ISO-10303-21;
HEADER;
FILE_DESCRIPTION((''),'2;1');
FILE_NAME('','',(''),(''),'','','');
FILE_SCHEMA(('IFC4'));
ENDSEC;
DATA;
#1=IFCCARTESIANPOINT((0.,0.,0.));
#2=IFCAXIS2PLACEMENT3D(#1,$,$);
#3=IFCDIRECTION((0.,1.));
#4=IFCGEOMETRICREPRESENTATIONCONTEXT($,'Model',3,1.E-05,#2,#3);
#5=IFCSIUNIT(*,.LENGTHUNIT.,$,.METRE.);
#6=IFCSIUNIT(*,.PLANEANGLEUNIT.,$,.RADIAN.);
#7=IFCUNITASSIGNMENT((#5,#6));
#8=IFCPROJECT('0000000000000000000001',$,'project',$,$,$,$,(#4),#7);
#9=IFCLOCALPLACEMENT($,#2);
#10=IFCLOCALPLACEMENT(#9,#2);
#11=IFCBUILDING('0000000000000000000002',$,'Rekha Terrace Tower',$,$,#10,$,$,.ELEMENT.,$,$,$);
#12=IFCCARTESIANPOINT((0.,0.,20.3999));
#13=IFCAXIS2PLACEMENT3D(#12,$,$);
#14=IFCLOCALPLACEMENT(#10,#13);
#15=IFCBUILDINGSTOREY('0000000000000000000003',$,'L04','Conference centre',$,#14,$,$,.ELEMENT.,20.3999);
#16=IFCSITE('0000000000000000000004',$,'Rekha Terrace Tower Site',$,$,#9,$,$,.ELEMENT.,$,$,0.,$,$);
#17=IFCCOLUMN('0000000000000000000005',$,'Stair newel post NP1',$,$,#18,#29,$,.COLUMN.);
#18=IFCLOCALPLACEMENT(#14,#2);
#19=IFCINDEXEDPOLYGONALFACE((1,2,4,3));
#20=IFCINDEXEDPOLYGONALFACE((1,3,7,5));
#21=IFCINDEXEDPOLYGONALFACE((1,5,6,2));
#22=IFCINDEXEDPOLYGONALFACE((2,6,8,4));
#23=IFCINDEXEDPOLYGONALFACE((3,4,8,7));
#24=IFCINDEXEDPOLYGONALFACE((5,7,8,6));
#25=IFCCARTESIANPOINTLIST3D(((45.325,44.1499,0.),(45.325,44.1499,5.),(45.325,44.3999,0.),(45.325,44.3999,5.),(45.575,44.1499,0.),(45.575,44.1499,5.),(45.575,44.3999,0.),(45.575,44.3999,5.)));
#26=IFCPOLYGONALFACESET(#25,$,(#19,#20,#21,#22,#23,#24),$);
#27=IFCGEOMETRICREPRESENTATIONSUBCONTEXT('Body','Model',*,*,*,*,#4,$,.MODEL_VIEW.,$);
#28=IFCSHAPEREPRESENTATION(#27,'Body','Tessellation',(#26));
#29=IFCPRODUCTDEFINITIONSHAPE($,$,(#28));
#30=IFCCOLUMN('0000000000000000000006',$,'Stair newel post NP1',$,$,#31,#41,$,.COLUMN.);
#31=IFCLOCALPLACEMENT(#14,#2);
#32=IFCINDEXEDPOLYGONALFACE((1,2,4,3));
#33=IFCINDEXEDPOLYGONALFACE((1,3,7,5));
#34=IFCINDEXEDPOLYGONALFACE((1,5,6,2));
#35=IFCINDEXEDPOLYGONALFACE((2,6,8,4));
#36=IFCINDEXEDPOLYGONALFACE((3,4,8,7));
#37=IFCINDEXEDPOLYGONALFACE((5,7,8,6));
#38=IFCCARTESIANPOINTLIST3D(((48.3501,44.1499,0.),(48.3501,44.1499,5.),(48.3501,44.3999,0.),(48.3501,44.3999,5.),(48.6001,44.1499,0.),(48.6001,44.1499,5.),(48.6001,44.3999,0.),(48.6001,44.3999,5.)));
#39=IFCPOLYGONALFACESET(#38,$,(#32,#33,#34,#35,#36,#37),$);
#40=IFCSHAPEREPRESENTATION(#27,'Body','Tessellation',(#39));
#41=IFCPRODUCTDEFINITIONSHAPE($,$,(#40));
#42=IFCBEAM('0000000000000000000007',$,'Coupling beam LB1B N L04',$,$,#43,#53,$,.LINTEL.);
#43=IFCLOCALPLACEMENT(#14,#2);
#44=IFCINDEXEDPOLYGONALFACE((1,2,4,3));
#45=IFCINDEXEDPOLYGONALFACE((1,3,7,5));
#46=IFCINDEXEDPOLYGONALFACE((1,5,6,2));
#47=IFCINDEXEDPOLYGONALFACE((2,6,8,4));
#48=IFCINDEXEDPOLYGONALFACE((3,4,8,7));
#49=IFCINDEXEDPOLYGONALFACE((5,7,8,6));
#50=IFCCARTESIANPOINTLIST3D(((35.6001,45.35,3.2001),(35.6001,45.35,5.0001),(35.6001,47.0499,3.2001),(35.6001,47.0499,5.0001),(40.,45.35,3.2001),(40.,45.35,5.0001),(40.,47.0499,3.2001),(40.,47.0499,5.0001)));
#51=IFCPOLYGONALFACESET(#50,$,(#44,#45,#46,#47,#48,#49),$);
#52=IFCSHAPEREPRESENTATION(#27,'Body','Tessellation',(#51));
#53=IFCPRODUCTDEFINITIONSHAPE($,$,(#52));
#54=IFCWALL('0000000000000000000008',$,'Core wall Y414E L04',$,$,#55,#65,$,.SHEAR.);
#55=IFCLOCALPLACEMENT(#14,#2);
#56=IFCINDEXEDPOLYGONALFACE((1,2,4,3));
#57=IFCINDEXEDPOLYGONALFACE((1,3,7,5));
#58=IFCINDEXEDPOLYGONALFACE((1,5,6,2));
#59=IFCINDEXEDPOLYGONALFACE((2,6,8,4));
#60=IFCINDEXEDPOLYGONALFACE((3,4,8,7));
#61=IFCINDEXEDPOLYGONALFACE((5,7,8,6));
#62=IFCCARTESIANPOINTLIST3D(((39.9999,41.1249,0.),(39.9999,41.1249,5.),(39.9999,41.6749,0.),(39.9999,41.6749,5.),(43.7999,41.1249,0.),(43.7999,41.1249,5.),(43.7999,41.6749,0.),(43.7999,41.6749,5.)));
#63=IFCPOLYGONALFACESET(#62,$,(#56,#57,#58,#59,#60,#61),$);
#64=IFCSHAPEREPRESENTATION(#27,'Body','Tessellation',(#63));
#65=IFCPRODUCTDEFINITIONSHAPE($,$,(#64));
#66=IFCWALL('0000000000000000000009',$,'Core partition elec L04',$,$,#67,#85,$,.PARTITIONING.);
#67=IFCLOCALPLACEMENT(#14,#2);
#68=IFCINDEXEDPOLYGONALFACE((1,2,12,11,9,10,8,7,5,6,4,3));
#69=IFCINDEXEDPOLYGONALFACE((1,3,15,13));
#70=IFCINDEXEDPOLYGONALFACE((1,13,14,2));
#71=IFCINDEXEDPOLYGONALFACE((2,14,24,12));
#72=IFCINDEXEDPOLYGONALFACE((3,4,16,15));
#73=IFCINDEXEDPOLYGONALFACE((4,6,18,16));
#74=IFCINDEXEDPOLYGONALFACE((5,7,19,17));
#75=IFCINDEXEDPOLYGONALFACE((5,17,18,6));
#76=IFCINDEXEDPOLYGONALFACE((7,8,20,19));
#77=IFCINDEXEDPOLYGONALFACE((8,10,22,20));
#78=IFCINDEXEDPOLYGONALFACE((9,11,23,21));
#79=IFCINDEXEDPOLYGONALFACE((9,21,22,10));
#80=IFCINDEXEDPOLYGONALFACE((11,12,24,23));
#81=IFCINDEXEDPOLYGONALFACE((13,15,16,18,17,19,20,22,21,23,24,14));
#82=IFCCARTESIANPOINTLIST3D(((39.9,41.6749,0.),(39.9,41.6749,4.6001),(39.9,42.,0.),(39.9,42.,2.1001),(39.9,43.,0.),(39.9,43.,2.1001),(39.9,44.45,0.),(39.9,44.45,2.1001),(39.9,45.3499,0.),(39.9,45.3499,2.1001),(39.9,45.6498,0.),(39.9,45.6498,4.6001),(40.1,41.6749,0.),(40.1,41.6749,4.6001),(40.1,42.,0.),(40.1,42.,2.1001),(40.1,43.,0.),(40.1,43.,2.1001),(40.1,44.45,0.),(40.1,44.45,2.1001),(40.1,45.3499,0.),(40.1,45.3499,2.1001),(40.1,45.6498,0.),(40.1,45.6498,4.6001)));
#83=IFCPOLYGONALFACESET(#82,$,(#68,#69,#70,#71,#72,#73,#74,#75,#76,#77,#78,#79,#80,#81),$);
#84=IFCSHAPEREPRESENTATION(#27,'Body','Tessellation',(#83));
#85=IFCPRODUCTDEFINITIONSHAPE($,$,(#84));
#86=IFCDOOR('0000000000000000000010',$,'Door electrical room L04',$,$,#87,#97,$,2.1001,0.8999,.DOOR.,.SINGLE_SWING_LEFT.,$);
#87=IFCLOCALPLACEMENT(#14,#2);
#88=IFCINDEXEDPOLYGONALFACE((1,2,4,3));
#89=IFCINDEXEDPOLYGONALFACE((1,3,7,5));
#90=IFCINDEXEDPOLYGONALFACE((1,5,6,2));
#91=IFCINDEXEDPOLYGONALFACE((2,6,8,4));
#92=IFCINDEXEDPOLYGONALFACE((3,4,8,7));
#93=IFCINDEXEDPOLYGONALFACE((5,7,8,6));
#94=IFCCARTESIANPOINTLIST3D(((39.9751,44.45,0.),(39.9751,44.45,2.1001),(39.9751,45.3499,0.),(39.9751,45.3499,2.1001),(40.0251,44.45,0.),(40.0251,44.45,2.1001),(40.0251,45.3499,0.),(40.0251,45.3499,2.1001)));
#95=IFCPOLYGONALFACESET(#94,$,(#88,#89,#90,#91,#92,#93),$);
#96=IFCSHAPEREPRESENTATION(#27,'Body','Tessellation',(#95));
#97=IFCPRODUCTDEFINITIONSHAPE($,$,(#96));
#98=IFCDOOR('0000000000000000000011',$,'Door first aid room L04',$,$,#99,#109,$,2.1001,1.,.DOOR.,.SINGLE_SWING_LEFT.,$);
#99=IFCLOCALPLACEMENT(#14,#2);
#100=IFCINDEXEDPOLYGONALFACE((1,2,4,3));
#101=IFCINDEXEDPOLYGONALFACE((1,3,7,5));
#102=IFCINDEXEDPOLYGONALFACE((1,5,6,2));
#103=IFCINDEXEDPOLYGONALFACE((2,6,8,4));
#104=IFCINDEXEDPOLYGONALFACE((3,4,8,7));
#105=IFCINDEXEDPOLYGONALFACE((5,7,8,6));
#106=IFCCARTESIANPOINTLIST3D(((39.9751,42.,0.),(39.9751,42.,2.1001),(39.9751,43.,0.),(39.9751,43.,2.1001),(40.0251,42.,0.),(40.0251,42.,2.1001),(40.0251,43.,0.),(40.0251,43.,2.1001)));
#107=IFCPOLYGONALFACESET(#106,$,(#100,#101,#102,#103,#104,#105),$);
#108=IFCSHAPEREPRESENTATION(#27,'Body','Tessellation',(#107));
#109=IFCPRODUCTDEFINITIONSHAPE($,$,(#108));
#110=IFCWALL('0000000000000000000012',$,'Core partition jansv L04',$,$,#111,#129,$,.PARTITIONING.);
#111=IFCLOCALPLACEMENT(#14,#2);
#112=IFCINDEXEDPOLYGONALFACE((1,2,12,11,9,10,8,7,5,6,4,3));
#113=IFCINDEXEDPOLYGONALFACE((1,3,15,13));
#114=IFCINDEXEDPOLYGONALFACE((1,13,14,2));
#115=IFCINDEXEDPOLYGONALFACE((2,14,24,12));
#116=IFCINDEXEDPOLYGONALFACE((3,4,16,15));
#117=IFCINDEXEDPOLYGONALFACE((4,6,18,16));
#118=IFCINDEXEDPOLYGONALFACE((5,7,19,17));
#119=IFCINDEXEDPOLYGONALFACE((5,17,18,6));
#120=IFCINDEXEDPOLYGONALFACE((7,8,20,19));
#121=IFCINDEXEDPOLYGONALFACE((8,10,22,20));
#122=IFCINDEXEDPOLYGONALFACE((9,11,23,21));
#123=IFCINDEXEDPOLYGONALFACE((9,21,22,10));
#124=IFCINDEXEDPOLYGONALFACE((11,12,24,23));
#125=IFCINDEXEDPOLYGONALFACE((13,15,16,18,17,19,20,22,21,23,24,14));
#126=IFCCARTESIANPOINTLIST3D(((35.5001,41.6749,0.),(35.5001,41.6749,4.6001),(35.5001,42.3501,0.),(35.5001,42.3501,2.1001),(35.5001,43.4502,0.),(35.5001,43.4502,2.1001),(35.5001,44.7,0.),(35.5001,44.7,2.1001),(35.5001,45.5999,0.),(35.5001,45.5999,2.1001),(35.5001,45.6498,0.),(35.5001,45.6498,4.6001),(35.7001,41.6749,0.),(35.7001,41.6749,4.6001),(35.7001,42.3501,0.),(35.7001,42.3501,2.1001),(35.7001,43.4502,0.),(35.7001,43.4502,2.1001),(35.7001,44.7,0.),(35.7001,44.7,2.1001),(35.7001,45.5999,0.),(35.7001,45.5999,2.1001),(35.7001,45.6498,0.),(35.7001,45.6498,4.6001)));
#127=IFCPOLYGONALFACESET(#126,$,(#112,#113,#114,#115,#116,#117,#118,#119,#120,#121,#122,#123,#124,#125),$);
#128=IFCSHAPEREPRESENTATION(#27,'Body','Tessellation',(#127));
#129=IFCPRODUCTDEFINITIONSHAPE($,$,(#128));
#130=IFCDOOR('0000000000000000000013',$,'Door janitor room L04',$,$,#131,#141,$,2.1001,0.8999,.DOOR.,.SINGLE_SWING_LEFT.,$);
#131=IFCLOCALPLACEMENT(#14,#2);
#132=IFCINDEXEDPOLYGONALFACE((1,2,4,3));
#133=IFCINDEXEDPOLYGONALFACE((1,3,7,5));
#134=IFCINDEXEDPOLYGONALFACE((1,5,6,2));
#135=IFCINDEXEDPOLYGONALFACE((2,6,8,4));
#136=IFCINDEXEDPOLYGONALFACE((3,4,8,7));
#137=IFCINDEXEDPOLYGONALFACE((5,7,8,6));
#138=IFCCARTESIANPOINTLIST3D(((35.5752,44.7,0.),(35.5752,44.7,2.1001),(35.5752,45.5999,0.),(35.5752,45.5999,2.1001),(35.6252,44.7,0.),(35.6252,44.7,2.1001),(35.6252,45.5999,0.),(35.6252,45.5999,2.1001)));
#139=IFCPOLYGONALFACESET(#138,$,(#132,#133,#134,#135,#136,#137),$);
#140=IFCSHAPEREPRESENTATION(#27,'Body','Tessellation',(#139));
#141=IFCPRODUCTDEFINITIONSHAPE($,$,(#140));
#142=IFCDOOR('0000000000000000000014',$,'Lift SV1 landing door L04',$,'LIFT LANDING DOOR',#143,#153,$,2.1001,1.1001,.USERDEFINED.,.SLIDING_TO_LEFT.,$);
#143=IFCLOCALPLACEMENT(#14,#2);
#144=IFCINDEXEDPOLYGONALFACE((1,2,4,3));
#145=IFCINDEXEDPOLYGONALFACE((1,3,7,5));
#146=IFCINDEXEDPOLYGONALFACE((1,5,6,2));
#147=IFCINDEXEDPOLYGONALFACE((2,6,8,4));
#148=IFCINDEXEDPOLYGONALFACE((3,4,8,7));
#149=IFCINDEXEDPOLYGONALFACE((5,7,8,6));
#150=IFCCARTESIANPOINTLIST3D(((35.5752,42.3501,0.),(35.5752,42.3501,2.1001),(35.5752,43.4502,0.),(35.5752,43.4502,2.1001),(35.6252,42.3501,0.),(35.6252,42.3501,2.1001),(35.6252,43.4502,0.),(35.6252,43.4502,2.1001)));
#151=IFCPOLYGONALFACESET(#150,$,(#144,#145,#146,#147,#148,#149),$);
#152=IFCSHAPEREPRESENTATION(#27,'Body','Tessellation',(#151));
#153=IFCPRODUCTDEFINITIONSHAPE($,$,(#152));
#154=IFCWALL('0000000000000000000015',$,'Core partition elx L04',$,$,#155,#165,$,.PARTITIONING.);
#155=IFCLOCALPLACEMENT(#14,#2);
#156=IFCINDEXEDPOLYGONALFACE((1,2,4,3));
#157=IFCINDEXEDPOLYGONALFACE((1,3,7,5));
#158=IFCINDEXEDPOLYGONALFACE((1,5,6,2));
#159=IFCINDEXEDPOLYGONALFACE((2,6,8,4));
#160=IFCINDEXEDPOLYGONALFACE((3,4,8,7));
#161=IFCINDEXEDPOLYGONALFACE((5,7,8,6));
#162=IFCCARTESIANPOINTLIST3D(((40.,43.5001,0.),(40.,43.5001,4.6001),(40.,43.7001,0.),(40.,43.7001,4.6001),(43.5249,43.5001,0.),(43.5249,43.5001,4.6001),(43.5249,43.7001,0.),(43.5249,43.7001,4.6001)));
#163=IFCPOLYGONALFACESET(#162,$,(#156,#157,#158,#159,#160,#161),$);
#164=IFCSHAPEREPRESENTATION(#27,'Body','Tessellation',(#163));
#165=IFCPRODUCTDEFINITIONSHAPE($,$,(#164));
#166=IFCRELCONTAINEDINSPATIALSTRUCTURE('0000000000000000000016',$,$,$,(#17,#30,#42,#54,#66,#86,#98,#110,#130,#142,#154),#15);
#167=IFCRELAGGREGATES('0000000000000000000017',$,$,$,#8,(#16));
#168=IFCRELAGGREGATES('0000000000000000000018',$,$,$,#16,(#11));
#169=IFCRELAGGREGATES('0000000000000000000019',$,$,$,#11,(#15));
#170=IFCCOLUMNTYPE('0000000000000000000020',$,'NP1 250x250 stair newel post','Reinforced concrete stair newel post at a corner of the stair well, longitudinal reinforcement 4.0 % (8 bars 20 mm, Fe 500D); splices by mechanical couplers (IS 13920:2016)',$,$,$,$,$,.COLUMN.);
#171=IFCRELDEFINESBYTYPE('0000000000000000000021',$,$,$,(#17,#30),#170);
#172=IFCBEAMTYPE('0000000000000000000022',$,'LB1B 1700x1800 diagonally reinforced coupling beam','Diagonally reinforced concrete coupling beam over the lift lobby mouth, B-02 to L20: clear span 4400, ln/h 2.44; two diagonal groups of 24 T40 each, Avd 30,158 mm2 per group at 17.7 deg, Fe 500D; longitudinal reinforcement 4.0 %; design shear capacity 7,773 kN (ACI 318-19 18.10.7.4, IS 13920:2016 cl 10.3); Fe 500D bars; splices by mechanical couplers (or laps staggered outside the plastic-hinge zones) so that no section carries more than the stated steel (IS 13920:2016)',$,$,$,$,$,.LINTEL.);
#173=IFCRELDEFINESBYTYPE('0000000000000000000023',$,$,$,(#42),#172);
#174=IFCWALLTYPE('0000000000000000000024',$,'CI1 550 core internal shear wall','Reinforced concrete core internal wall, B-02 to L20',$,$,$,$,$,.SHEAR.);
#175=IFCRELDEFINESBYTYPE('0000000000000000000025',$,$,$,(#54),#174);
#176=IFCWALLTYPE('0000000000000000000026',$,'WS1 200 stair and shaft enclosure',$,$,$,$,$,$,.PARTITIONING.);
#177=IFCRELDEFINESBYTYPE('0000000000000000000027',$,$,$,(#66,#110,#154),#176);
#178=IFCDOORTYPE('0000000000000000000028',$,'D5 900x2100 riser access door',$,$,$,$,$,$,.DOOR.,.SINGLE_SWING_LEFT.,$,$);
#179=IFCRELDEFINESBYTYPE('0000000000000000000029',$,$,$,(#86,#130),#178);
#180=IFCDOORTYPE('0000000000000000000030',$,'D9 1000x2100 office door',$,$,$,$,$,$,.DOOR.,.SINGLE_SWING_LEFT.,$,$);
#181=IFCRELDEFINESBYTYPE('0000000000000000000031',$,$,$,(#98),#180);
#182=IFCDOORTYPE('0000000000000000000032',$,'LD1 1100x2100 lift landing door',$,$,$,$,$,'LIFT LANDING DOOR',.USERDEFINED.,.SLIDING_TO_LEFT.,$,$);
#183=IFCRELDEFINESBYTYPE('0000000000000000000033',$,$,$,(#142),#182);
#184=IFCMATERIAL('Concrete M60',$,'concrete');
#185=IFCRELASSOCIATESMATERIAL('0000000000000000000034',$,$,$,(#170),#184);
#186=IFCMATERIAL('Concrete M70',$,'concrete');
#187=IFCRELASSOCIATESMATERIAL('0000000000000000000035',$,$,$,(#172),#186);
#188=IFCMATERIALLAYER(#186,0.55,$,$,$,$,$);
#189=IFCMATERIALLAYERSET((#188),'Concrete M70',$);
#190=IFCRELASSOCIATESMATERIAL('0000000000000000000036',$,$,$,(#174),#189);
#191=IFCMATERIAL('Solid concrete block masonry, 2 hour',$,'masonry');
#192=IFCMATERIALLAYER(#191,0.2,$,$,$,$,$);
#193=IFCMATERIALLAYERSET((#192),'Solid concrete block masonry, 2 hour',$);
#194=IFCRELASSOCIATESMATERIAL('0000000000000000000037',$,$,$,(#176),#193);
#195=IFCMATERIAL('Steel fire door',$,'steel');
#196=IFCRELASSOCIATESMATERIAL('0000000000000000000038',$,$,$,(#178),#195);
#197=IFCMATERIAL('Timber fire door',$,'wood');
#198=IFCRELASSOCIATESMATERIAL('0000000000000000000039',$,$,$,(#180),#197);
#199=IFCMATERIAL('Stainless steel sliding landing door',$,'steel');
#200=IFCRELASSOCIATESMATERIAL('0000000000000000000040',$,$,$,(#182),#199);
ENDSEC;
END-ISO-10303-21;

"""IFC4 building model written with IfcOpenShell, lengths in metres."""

from ifc_helpers import new_model, si_unit, direction, frame, frame_2d, origin, origin_2d, place, context, subcontext, project, spatial, rectangle, extrude, material, layer, layer_set, material_profile, profile_set, type_object, element, fill, save


model = new_model("IFC4")

# Units and contexts
model_context = context("Model", 3, precision=1e-05, world=origin(), true_north=direction((0.0, 1.0)))
body_context = subcontext(model_context, "Body", "Model", "MODEL_VIEW")
ifc_project = project(units=[si_unit("LENGTHUNIT", "METRE"), si_unit("PLANEANGLEUNIT", "RADIAN")], contexts=[model_context])

# Site, building, storey
site_placement = place(None, origin())
site = spatial("IfcSite", under=ifc_project, at=site_placement, Name="Rekha Terrace Tower Site", CompositionType="ELEMENT", RefElevation=0.0)
building_placement = place(site_placement, origin())
building = spatial("IfcBuilding", under=site, at=building_placement, Name="Rekha Terrace Tower", CompositionType="ELEMENT")
storey_placement = place(building_placement, frame((0.0, 0.0, 20.3999)))
storey = spatial("IfcBuildingStorey", under=building, at=storey_placement, Name="L04", Description="Conference centre", CompositionType="ELEMENT", Elevation=20.3999)

# Columns
ifc_material_1 = material(Name="Concrete M60", Category="concrete")
ifc_material_profile_1 = material_profile(ifc_material_1, rectangle(XDim=0.25, YDim=0.25, at=origin_2d()), Name="RC 250x250")
ifc_profile_set_1 = profile_set([ifc_material_profile_1], Name="Concrete M60")
column_type = type_object("IfcColumnType", Name="NP1 250x250 stair newel post", Description="Reinforced concrete stair newel post at a corner of the stair well, longitudinal reinforcement 4.0 % (8 bars 20 mm, Fe 500D); splices by mechanical couplers (IS 13920:2016)", PredefinedType="COLUMN", material=ifc_profile_set_1)
for number, where, z_axis, x_axis, name in (
    (1, (45.45, 44.2749, 0.0), (0.0, 0.0, 1.0), (1.0, 0.0, 0.0), "Stair newel post NP1"),
    (2, (48.4751, 44.2749, 0.0), (0.0, 0.0, 1.0), (1.0, 0.0, 0.0), "Stair newel post NP1"),
):
    element("IfcColumn", number, at=place(storey_placement, frame(where, z_axis=z_axis, x_axis=x_axis)), inside=storey, type_object=column_type, Name=name, PredefinedType="COLUMN", context=body_context, shape_type="SweptSolid", body=[
        extrude(rectangle(XDim=0.25, YDim=0.25, at=origin_2d()), origin(), (0.0, 0.0, 1.0), 5.0),
    ])

# Beam
ifc_material_2 = material(Name="Concrete M70", Category="concrete")
ifc_material_profile_2 = material_profile(ifc_material_2, rectangle(XDim=1.7, YDim=1.8, at=origin_2d()), Name="RC 1700x1800")
ifc_profile_set_2 = profile_set([ifc_material_profile_2], Name="Concrete M70")
beam_type = type_object("IfcBeamType", Name="LB1B 1700x1800 diagonally reinforced coupling beam", Description="Diagonally reinforced concrete coupling beam over the lift lobby mouth, B-02 to L20: clear span 4400, ln/h 2.44; two diagonal groups of 24 T40 each, Avd 30,158 mm2 per group at 17.7 deg, Fe 500D; longitudinal reinforcement 4.0 %; design shear capacity 7,773 kN (ACI 318-19 18.10.7.4, IS 13920:2016 cl 10.3); Fe 500D bars; splices by mechanical couplers (or laps staggered outside the plastic-hinge zones) so that no section carries more than the stated steel (IS 13920:2016)", PredefinedType="LINTEL", material=ifc_profile_set_2)
beam_placement = place(storey_placement, frame((35.6001, 46.2, 4.1001), z_axis=(1.0, 0.0, 0.0), x_axis=(0.0, 1.0, 0.0)))
element("IfcBeam", 3, at=beam_placement, inside=storey, type_object=beam_type, Name="Coupling beam LB1B N L04", PredefinedType="LINTEL", context=body_context, shape_type="SweptSolid", body=[
    extrude(rectangle(XDim=1.7, YDim=1.8, at=origin_2d()), origin(), (0.0, 0.0, 1.0), 4.3999),
])

# Wall
ifc_layer_1 = layer(ifc_material_2, 0.55)
ifc_layer_set_1 = layer_set([ifc_layer_1], Name="Concrete M70")
wall_type_1 = type_object("IfcWallType", Name="CI1 550 core internal shear wall", Description="Reinforced concrete core internal wall, B-02 to L20", PredefinedType="SHEAR", material=ifc_layer_set_1)
wall_1_placement = place(storey_placement, frame((40.0, 41.3999, 0.0), z_axis=(0.0, 0.0, 1.0), x_axis=(1.0, 0.0, 0.0)))
element("IfcWall", 4, at=wall_1_placement, inside=storey, type_object=wall_type_1, Name="Core wall Y414E L04", PredefinedType="SHEAR", context=body_context, shape_type="SweptSolid", body=[
    extrude(rectangle(XDim=3.8, YDim=0.55, at=frame_2d((1.8999, 0.0))), origin(), (0.0, 0.0, 1.0), 5.0),
])

# Walls, openings, doors
ifc_material_3 = material(Name="Solid concrete block masonry, 2 hour", Category="masonry")
ifc_layer_2 = layer(ifc_material_3, 0.2)
ifc_layer_set_2 = layer_set([ifc_layer_2], Name="Solid concrete block masonry, 2 hour")
wall_type_2 = type_object("IfcWallType", Name="WS1 200 stair and shaft enclosure", PredefinedType="PARTITIONING", material=ifc_layer_set_2)
wall_2_placement = place(storey_placement, frame((40.0, 41.675, 0.0), z_axis=(0.0, 0.0, 1.0), x_axis=(0.0, 1.0, 0.0)))
wall_2 = element("IfcWall", 5, at=wall_2_placement, inside=storey, type_object=wall_type_2, Name="Core partition elec L04", PredefinedType="PARTITIONING", context=body_context, shape_type="SweptSolid", body=[
    extrude(rectangle(XDim=3.9749, YDim=0.2, at=frame_2d((1.9873, 0.0))), origin(), (0.0, 0.0, 1.0), 4.6001),
])
opening_1_placement = place(wall_2_placement, frame((2.7749, 0.0, 0.0)))
opening_1 = element("IfcOpeningElement", 6, at=opening_1_placement, cuts=wall_2, PredefinedType="OPENING", context=body_context, shape_type="SweptSolid", body=[
    extrude(rectangle(XDim=0.8999, YDim=2.1001, at=frame_2d((0.45, 1.05))), frame((0.0, 0.1099, 0.0), z_axis=(0.0, -1.0, 0.0), x_axis=(1.0, 0.0, 0.0)), (0.0, 0.0, 1.0), 0.22),
])
opening_2_placement = place(wall_2_placement, frame((0.325, 0.0, 0.0)))
opening_2 = element("IfcOpeningElement", 7, at=opening_2_placement, cuts=wall_2, PredefinedType="OPENING", context=body_context, shape_type="SweptSolid", body=[
    extrude(rectangle(XDim=1.0, YDim=2.1001, at=frame_2d((0.5, 1.05))), frame((0.0, 0.1099, 0.0), z_axis=(0.0, -1.0, 0.0), x_axis=(1.0, 0.0, 0.0)), (0.0, 0.0, 1.0), 0.22),
])
ifc_material_4 = material(Name="Steel fire door", Category="steel")
door_type_1 = type_object("IfcDoorType", Name="D5 900x2100 riser access door", OperationType="SINGLE_SWING_LEFT", PredefinedType="DOOR", material=ifc_material_4)
door_1_placement = place(opening_1_placement, origin())
door_1 = element("IfcDoor", 8, at=door_1_placement, inside=storey, type_object=door_type_1, Name="Door electrical room L04", OperationType="SINGLE_SWING_LEFT", OverallHeight=2.1001, OverallWidth=0.8999, PredefinedType="DOOR", context=body_context, shape_type="SweptSolid", body=[
    extrude(rectangle(XDim=0.8999, YDim=2.1001, at=frame_2d((0.45, 1.05))), frame((0.0, 0.0249, 0.0), z_axis=(0.0, -1.0, 0.0), x_axis=(1.0, 0.0, 0.0)), (0.0, 0.0, 1.0), 0.05),
])
fill(opening_1, door_1)
ifc_material_5 = material(Name="Timber fire door", Category="wood")
door_type_2 = type_object("IfcDoorType", Name="D9 1000x2100 office door", OperationType="SINGLE_SWING_LEFT", PredefinedType="DOOR", material=ifc_material_5)
door_2_placement = place(opening_2_placement, origin())
door_2 = element("IfcDoor", 9, at=door_2_placement, inside=storey, type_object=door_type_2, Name="Door first aid room L04", OperationType="SINGLE_SWING_LEFT", OverallHeight=2.1001, OverallWidth=1.0, PredefinedType="DOOR", context=body_context, shape_type="SweptSolid", body=[
    extrude(rectangle(XDim=1.0, YDim=2.1001, at=frame_2d((0.5, 1.05))), frame((0.0, 0.0249, 0.0), z_axis=(0.0, -1.0, 0.0), x_axis=(1.0, 0.0, 0.0)), (0.0, 0.0, 1.0), 0.05),
])
fill(opening_2, door_2)
wall_3_placement = place(storey_placement, frame((35.6001, 41.675, 0.0), z_axis=(0.0, 0.0, 1.0), x_axis=(0.0, 1.0, 0.0)))
wall_3 = element("IfcWall", 10, at=wall_3_placement, inside=storey, type_object=wall_type_2, Name="Core partition jansv L04", PredefinedType="PARTITIONING", context=body_context, shape_type="SweptSolid", body=[
    extrude(rectangle(XDim=3.9749, YDim=0.2, at=frame_2d((1.9873, 0.0))), origin(), (0.0, 0.0, 1.0), 4.6001),
])
opening_3_placement = place(wall_3_placement, frame((3.0249, 0.0, 0.0)))
opening_3 = element("IfcOpeningElement", 11, at=opening_3_placement, cuts=wall_3, PredefinedType="OPENING", context=body_context, shape_type="SweptSolid", body=[
    extrude(rectangle(XDim=0.8999, YDim=2.1001, at=frame_2d((0.45, 1.05))), frame((0.0, 0.1099, 0.0), z_axis=(0.0, -1.0, 0.0), x_axis=(1.0, 0.0, 0.0)), (0.0, 0.0, 1.0), 0.22),
])
opening_4_placement = place(wall_3_placement, frame((0.675, 0.0, 0.0)))
opening_4 = element("IfcOpeningElement", 12, at=opening_4_placement, cuts=wall_3, PredefinedType="OPENING", context=body_context, shape_type="SweptSolid", body=[
    extrude(rectangle(XDim=1.1001, YDim=2.1001, at=frame_2d((0.55, 1.05))), frame((0.0, 0.1099, 0.0), z_axis=(0.0, -1.0, 0.0), x_axis=(1.0, 0.0, 0.0)), (0.0, 0.0, 1.0), 0.22),
])
door_3_placement = place(opening_3_placement, origin())
door_3 = element("IfcDoor", 13, at=door_3_placement, inside=storey, type_object=door_type_1, Name="Door janitor room L04", OperationType="SINGLE_SWING_LEFT", OverallHeight=2.1001, OverallWidth=0.8999, PredefinedType="DOOR", context=body_context, shape_type="SweptSolid", body=[
    extrude(rectangle(XDim=0.8999, YDim=2.1001, at=frame_2d((0.45, 1.05))), frame((0.0, 0.0249, 0.0), z_axis=(0.0, -1.0, 0.0), x_axis=(1.0, 0.0, 0.0)), (0.0, 0.0, 1.0), 0.05),
])
fill(opening_3, door_3)
ifc_material_6 = material(Name="Stainless steel sliding landing door", Category="steel")
door_type_3 = type_object("IfcDoorType", Name="LD1 1100x2100 lift landing door", ElementType="LIFT LANDING DOOR", OperationType="SLIDING_TO_LEFT", PredefinedType="USERDEFINED", material=ifc_material_6)
door_4_placement = place(opening_4_placement, origin())
door_4 = element("IfcDoor", 14, at=door_4_placement, inside=storey, type_object=door_type_3, Name="Lift SV1 landing door L04", ObjectType="LIFT LANDING DOOR", OperationType="SLIDING_TO_LEFT", OverallHeight=2.1001, OverallWidth=1.1001, PredefinedType="USERDEFINED", context=body_context, shape_type="SweptSolid", body=[
    extrude(rectangle(XDim=1.1001, YDim=2.1001, at=frame_2d((0.55, 1.05))), frame((0.0, 0.0249, 0.0), z_axis=(0.0, -1.0, 0.0), x_axis=(1.0, 0.0, 0.0)), (0.0, 0.0, 1.0), 0.05),
])
fill(opening_4, door_4)

# Wall
wall_4_placement = place(storey_placement, frame((40.0, 43.6001, 0.0), z_axis=(0.0, 0.0, 1.0), x_axis=(1.0, 0.0, 0.0)))
element("IfcWall", 15, at=wall_4_placement, inside=storey, type_object=wall_type_2, Name="Core partition elx L04", PredefinedType="PARTITIONING", context=body_context, shape_type="SweptSolid", body=[
    extrude(rectangle(XDim=3.5249, YDim=0.2, at=frame_2d((1.7625, 0.0))), origin(), (0.0, 0.0, 1.0), 4.6001),
])

save(model, "model.ifc")
